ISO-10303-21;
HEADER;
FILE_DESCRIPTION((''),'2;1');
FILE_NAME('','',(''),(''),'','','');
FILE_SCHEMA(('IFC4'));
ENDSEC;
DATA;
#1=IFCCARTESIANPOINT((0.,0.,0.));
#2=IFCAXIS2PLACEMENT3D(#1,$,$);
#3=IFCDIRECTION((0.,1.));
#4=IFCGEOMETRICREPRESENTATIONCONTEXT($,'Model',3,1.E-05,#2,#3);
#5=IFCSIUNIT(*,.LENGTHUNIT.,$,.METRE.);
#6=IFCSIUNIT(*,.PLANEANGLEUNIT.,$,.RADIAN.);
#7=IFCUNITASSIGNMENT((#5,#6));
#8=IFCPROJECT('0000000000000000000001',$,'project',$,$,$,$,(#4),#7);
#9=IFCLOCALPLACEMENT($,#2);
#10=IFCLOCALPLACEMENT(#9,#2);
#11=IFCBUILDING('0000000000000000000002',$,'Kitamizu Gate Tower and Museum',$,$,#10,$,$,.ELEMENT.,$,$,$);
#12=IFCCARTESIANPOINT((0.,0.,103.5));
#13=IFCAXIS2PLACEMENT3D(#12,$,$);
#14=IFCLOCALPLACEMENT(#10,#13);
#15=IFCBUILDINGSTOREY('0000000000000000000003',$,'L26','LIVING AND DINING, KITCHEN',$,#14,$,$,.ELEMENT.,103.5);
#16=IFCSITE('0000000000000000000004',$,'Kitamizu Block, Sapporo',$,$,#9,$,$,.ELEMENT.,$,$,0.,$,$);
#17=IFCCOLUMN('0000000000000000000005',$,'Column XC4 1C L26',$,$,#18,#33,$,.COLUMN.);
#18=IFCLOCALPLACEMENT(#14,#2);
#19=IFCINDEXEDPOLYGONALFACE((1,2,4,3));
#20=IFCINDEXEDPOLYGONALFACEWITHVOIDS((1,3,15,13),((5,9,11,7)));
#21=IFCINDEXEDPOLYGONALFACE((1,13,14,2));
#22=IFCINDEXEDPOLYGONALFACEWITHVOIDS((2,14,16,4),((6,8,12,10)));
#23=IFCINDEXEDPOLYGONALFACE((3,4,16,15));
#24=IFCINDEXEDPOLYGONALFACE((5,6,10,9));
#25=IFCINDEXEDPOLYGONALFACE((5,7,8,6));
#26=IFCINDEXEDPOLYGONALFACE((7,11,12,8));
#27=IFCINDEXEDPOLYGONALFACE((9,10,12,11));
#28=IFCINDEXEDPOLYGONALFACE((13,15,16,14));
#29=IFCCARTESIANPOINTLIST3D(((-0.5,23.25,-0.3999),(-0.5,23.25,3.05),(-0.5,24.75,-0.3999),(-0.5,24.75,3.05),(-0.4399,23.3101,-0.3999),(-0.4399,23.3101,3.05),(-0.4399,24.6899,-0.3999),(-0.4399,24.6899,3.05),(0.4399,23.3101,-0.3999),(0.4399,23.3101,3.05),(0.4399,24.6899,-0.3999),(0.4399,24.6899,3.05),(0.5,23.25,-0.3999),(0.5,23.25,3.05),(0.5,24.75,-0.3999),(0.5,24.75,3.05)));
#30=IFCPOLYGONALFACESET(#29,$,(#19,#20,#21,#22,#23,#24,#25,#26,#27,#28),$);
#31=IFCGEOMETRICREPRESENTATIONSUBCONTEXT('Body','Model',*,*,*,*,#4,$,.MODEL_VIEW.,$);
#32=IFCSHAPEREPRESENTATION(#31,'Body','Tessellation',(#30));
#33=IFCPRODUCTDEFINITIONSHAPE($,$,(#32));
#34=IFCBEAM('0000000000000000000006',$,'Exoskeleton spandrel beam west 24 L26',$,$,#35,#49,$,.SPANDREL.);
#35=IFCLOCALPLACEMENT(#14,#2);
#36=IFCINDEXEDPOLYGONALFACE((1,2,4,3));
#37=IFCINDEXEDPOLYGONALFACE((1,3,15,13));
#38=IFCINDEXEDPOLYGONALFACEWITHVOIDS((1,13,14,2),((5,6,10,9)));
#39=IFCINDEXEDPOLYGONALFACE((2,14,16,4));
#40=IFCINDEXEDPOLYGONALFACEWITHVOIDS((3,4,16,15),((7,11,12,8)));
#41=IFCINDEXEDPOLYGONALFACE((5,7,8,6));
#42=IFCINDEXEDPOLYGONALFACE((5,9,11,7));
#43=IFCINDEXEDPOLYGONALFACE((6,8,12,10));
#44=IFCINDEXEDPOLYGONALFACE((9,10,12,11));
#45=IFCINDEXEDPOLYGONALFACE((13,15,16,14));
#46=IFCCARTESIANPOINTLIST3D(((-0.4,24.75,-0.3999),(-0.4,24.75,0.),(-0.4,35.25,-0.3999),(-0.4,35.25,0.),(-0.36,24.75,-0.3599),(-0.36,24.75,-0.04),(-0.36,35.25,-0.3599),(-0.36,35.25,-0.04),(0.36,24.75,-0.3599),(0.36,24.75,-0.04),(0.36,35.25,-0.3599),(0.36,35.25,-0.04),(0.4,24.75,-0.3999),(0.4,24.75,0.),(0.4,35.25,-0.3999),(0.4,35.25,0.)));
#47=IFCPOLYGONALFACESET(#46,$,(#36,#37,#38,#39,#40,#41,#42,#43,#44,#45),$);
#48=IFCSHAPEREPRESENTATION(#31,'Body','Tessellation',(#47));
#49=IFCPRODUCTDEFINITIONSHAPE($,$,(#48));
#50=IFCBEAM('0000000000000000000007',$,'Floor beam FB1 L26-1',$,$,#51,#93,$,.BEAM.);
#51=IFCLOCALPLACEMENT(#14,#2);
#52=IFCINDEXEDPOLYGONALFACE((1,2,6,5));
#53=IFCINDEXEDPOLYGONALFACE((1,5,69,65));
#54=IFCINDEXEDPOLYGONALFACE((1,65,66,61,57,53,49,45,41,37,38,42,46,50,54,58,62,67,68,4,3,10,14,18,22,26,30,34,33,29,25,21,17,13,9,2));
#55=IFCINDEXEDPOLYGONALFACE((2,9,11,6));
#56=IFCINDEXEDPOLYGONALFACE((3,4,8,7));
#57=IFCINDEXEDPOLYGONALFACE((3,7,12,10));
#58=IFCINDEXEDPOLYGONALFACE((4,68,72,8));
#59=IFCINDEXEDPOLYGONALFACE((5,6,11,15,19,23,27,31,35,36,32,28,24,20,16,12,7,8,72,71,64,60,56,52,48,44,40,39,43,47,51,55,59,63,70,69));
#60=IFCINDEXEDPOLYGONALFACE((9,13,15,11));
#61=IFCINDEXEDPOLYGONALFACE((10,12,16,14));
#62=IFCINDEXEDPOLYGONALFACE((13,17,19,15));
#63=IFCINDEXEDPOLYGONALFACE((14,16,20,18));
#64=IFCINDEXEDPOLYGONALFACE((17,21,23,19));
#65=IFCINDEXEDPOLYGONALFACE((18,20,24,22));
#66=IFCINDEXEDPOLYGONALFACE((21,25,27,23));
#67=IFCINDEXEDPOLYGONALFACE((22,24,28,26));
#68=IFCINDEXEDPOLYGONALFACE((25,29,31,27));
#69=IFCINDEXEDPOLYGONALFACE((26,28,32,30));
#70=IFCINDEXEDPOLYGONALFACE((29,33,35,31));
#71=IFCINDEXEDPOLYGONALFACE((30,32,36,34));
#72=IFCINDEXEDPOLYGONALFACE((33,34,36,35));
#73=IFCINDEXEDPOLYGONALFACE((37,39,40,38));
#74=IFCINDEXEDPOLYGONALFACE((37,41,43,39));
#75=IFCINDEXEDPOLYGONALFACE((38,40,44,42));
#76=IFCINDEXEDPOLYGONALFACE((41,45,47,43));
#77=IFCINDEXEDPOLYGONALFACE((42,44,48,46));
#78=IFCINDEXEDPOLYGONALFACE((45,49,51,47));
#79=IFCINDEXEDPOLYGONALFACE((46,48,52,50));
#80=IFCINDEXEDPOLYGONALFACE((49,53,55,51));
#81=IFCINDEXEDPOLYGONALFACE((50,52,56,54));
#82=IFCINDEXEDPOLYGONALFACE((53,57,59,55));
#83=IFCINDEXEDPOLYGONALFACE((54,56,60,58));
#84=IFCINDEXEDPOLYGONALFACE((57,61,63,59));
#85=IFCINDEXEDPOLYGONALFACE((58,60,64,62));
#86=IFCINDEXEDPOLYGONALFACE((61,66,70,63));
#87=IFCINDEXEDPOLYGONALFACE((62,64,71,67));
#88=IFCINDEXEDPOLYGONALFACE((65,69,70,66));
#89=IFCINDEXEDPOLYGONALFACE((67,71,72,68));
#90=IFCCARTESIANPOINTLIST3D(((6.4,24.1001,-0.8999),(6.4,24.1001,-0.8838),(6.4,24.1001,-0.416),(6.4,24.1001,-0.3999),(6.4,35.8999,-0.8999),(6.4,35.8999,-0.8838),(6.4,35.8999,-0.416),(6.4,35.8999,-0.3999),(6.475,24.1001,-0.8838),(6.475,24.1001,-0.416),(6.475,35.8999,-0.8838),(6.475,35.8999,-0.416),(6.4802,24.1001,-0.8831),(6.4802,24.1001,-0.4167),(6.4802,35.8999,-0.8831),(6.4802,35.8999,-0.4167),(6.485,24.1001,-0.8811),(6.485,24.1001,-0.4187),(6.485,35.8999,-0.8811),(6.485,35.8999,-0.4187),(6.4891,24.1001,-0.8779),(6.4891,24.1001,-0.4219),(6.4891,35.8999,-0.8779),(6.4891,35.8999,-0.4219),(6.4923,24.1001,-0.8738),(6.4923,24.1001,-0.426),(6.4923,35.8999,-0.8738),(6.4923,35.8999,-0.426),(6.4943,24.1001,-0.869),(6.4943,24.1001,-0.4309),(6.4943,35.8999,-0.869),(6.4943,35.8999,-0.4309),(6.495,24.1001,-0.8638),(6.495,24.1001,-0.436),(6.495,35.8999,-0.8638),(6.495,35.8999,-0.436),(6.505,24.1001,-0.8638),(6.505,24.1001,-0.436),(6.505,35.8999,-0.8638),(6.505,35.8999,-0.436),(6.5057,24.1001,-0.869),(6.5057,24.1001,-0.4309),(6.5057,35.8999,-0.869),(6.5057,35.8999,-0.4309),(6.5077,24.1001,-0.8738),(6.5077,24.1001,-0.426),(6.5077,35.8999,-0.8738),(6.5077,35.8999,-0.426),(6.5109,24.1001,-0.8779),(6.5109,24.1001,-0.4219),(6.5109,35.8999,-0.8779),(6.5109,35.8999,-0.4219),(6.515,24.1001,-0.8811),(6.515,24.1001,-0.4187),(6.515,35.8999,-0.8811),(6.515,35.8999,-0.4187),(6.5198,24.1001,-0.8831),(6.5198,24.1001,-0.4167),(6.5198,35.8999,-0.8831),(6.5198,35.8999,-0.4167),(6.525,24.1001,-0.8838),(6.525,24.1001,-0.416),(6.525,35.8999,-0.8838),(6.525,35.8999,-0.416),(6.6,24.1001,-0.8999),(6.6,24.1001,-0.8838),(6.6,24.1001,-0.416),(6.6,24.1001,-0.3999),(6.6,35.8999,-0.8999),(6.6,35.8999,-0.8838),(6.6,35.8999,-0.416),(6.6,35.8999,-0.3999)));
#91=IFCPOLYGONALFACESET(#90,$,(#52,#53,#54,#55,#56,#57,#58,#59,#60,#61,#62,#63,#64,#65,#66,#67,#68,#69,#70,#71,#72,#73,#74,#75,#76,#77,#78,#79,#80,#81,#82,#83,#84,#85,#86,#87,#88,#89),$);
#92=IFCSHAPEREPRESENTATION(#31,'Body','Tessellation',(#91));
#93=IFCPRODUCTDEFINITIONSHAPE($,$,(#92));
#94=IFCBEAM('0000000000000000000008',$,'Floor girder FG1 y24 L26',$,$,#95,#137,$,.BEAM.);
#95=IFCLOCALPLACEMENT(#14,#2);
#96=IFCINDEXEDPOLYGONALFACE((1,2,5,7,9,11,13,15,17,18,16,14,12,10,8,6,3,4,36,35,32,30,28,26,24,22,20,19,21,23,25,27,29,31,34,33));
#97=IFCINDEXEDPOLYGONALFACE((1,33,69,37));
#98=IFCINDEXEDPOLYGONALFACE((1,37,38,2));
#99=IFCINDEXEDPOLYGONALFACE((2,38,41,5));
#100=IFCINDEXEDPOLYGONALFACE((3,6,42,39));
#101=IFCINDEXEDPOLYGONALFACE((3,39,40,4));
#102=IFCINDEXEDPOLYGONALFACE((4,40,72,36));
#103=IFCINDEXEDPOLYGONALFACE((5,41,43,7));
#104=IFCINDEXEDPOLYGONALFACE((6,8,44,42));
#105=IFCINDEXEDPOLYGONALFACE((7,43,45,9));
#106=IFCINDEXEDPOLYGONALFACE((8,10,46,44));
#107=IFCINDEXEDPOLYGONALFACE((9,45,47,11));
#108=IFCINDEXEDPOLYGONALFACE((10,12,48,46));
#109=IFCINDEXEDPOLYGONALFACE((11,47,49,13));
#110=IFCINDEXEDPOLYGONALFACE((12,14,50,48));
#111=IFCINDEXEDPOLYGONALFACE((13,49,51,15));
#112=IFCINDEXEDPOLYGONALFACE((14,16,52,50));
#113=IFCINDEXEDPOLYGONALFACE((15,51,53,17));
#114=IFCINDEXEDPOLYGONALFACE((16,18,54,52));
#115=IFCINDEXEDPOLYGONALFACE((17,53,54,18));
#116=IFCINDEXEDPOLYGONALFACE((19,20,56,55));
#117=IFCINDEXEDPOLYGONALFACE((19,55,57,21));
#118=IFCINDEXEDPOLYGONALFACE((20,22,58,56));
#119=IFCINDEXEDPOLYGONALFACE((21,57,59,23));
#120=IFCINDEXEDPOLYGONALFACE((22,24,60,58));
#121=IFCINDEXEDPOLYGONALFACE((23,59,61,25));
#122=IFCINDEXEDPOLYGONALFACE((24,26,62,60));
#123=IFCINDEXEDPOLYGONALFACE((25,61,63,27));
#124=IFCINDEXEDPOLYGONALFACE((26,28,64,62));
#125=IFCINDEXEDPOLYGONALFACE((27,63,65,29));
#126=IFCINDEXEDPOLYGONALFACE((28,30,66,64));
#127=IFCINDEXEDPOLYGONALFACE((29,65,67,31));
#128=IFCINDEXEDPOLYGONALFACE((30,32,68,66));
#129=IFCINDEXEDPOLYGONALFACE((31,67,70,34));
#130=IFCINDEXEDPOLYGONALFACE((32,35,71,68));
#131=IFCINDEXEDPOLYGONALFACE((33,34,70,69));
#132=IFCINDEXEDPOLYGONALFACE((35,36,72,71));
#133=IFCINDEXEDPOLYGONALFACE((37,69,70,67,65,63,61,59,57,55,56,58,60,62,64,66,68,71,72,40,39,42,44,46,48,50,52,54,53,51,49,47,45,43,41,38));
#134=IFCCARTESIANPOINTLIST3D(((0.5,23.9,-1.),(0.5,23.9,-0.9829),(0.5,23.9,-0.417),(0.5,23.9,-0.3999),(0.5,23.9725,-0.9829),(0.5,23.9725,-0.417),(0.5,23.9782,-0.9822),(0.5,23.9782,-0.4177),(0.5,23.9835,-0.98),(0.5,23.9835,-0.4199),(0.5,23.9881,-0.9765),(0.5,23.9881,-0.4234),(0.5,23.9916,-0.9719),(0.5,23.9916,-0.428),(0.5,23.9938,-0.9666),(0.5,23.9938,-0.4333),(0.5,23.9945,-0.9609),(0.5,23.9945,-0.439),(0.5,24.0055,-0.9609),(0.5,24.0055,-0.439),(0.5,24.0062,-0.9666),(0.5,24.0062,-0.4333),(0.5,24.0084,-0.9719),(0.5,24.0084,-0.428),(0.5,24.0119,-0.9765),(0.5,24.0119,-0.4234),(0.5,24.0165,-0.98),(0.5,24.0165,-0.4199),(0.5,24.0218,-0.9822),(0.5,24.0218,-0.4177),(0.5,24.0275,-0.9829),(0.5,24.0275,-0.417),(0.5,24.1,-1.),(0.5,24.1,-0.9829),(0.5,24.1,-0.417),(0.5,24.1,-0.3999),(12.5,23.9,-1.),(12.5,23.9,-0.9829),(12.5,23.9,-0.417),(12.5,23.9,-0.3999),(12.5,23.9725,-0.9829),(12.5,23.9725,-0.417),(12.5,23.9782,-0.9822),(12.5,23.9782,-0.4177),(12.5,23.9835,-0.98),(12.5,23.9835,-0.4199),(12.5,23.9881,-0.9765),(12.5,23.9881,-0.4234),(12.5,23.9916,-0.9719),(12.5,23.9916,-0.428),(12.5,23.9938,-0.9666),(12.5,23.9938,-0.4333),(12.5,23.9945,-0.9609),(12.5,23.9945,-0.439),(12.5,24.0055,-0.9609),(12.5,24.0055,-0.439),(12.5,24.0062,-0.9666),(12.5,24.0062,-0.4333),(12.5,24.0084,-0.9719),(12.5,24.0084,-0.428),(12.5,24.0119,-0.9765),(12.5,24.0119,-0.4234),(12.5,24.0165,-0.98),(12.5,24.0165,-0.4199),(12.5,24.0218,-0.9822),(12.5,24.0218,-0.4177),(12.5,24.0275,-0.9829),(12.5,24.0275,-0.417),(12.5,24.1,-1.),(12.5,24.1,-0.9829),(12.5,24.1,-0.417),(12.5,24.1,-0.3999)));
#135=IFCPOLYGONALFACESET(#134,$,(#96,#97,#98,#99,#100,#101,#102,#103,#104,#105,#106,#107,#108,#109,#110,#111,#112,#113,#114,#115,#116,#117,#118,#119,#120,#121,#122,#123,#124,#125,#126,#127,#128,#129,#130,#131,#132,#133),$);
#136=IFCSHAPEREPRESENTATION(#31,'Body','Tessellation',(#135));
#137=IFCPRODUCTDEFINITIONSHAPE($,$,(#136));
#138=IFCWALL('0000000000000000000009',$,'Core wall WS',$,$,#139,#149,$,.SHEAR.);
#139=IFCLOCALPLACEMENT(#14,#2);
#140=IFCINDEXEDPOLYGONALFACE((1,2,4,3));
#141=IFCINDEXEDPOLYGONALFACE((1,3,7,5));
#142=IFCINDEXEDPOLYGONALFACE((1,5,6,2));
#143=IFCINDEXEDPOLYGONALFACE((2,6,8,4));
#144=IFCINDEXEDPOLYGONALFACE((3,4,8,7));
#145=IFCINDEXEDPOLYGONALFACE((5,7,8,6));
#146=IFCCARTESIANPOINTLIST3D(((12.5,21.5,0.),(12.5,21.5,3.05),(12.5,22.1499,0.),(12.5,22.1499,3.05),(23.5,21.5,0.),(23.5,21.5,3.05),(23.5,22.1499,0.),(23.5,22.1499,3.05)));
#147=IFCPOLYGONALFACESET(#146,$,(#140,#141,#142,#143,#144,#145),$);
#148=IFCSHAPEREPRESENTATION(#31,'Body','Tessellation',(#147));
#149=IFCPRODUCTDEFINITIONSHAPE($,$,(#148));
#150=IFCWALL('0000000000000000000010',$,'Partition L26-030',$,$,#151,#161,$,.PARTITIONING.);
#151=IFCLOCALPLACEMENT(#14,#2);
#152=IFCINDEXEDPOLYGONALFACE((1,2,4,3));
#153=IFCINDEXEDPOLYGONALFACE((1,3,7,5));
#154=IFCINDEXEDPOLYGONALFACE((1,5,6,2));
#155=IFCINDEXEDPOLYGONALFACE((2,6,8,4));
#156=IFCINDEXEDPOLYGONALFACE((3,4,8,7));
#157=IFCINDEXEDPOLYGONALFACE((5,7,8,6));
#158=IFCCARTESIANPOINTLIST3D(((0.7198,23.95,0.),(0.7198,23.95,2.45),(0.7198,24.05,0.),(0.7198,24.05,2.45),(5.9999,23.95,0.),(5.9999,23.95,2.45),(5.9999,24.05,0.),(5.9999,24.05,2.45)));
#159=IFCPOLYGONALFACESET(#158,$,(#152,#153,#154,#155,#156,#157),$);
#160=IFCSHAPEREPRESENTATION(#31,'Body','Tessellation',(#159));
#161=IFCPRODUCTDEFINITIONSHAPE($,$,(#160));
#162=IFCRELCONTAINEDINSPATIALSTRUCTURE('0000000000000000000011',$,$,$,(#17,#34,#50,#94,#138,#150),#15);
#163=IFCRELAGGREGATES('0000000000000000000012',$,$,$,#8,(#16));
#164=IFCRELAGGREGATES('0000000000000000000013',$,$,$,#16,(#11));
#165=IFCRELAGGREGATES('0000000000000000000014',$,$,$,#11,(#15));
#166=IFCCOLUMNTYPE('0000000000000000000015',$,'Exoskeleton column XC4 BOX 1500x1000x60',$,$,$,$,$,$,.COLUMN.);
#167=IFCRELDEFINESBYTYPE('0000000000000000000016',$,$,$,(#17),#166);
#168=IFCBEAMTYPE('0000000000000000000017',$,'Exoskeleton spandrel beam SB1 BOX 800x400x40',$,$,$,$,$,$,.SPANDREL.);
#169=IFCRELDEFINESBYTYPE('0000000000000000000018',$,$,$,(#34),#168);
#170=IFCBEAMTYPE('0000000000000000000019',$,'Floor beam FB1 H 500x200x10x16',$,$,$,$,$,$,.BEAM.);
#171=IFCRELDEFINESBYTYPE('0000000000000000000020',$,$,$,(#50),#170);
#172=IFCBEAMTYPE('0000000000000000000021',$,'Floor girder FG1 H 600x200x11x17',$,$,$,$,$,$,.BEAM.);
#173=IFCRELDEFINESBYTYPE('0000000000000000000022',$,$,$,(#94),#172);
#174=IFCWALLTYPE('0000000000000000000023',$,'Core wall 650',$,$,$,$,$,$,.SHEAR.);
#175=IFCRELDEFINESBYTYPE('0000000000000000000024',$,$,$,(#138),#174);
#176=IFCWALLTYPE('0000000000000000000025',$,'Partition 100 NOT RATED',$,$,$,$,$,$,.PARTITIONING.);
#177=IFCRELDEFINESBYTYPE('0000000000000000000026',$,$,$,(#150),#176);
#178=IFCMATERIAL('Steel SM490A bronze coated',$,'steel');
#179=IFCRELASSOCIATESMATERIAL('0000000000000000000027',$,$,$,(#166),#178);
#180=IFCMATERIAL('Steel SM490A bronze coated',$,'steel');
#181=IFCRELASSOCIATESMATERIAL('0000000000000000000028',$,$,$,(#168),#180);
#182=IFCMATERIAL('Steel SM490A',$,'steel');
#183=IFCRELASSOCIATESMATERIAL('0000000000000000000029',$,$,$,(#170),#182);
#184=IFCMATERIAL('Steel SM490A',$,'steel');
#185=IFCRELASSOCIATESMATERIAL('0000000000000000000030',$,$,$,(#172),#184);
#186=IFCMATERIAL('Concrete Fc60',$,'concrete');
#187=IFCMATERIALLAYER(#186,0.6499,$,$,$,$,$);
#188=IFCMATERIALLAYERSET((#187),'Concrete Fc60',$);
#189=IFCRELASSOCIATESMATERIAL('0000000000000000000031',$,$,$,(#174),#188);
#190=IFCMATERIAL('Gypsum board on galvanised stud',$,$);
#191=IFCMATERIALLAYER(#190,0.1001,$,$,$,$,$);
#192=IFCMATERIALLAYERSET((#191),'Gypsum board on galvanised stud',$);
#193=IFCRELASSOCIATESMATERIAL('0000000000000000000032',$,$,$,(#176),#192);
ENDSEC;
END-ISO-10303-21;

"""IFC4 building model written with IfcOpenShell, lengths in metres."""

from ifc_helpers import new_model, si_unit, direction, frame, frame_2d, origin, origin_2d, place, context, subcontext, project, spatial, rectangle, hollow_rectangle, i_section, extrude, material, layer, layer_set, material_profile, profile_set, type_object, element, save


model = new_model("IFC4")

# Units and contexts
model_context = context("Model", 3, precision=1e-05, world=origin(), true_north=direction((0.0, 1.0)))
body_context = subcontext(model_context, "Body", "Model", "MODEL_VIEW")
ifc_project = project(units=[si_unit("LENGTHUNIT", "METRE"), si_unit("PLANEANGLEUNIT", "RADIAN")], contexts=[model_context])

# Site, building, storey
site_placement = place(None, origin())
site = spatial("IfcSite", under=ifc_project, at=site_placement, Name="Kitamizu Block, Sapporo", CompositionType="ELEMENT", RefElevation=0.0)
building_placement = place(site_placement, origin())
building = spatial("IfcBuilding", under=site, at=building_placement, Name="Kitamizu Gate Tower and Museum", CompositionType="ELEMENT")
storey_placement = place(building_placement, frame((0.0, 0.0, 103.5)))
storey = spatial("IfcBuildingStorey", under=building, at=storey_placement, Name="L26", Description="LIVING AND DINING, KITCHEN", CompositionType="ELEMENT", Elevation=103.5)

# Column
ifc_material_1 = material(Name="Steel SM490A bronze coated", Category="steel")
ifc_material_profile_1 = material_profile(ifc_material_1, hollow_rectangle(XDim=1.5, YDim=1.0, WallThickness=0.0601, at=origin_2d()), Name="BOX 1500x1000x60")
ifc_profile_set_1 = profile_set([ifc_material_profile_1], Name="Steel SM490A bronze coated")
column_type = type_object("IfcColumnType", Name="Exoskeleton column XC4 BOX 1500x1000x60", PredefinedType="COLUMN", material=ifc_profile_set_1)
column_placement = place(storey_placement, frame((0.0, 24.0, -0.3999), z_axis=(0.0, 0.0, 1.0), x_axis=(0.0, 1.0, 0.0)))
element("IfcColumn", 1, at=column_placement, inside=storey, type_object=column_type, Name="Column XC4 1C L26", PredefinedType="COLUMN", context=body_context, shape_type="SweptSolid", body=[
    extrude(hollow_rectangle(XDim=1.5, YDim=1.0, WallThickness=0.0601, at=origin_2d()), origin(), (0.0, 0.0, 1.0), 3.45),
])

# Beams
ifc_material_2 = material(Name="Steel SM490A bronze coated", Category="steel")
ifc_material_profile_2 = material_profile(ifc_material_2, hollow_rectangle(XDim=0.8, YDim=0.3999, WallThickness=0.04, at=origin_2d()), Name="BOX 800x400x40")
ifc_profile_set_2 = profile_set([ifc_material_profile_2], Name="Steel SM490A bronze coated")
beam_type_1 = type_object("IfcBeamType", Name="Exoskeleton spandrel beam SB1 BOX 800x400x40", PredefinedType="SPANDREL", material=ifc_profile_set_2)
beam_1_placement = place(storey_placement, frame((0.0, 24.75, -0.2), z_axis=(0.0, 1.0, 0.0), x_axis=(-1.0, 0.0, 0.0)))
element("IfcBeam", 2, at=beam_1_placement, inside=storey, type_object=beam_type_1, Name="Exoskeleton spandrel beam west 24 L26", PredefinedType="SPANDREL", context=body_context, shape_type="SweptSolid", body=[
    extrude(hollow_rectangle(XDim=0.8, YDim=0.3999, WallThickness=0.04, at=origin_2d()), origin(), (0.0, 0.0, 1.0), 10.5),
])
ifc_material_3 = material(Name="Steel SM490A", Category="steel")
ifc_material_profile_3 = material_profile(ifc_material_3, i_section(OverallWidth=0.2, OverallDepth=0.5, WebThickness=0.01, FlangeThickness=0.0161, FilletRadius=0.02, at=origin_2d()), Name="H-500x200x10x16")
ifc_profile_set_3 = profile_set([ifc_material_profile_3], Name="Steel SM490A")
beam_type_2 = type_object("IfcBeamType", Name="Floor beam FB1 H 500x200x10x16", PredefinedType="BEAM", material=ifc_profile_set_3)
beam_2_placement = place(storey_placement, frame((6.5, 24.1001, -0.6499), z_axis=(0.0, 1.0, 0.0), x_axis=(-1.0, 0.0, 0.0)))
element("IfcBeam", 3, at=beam_2_placement, inside=storey, type_object=beam_type_2, Name="Floor beam FB1 L26-1", PredefinedType="BEAM", context=body_context, shape_type="SweptSolid", body=[
    extrude(i_section(OverallWidth=0.2, OverallDepth=0.5, WebThickness=0.01, FlangeThickness=0.0161, FilletRadius=0.02, at=origin_2d()), origin(), (0.0, 0.0, 1.0), 11.7998),
])
ifc_material_4 = material(Name="Steel SM490A", Category="steel")
ifc_material_profile_4 = material_profile(ifc_material_4, i_section(OverallWidth=0.2, OverallDepth=0.6001, WebThickness=0.011, FlangeThickness=0.0171, FilletRadius=0.022, at=origin_2d()), Name="H-600x200x11x17")
ifc_profile_set_4 = profile_set([ifc_material_profile_4], Name="Steel SM490A")
beam_type_3 = type_object("IfcBeamType", Name="Floor girder FG1 H 600x200x11x17", PredefinedType="BEAM", material=ifc_profile_set_4)
beam_3_placement = place(storey_placement, frame((0.5, 24.0, -0.7), z_axis=(1.0, 0.0, 0.0), x_axis=(0.0, 1.0, 0.0)))
element("IfcBeam", 4, at=beam_3_placement, inside=storey, type_object=beam_type_3, Name="Floor girder FG1 y24 L26", PredefinedType="BEAM", context=body_context, shape_type="SweptSolid", body=[
    extrude(i_section(OverallWidth=0.2, OverallDepth=0.6001, WebThickness=0.011, FlangeThickness=0.0171, FilletRadius=0.022, at=origin_2d()), origin(), (0.0, 0.0, 1.0), 12.0),
])

# Walls
ifc_material_5 = material(Name="Concrete Fc60", Category="concrete")
ifc_layer_1 = layer(ifc_material_5, 0.6499)
ifc_layer_set_1 = layer_set([ifc_layer_1], Name="Concrete Fc60")
wall_type_1 = type_object("IfcWallType", Name="Core wall 650", PredefinedType="SHEAR", material=ifc_layer_set_1)
wall_1_placement = place(storey_placement, frame((12.5, 21.825, 0.0), z_axis=(0.0, 0.0, 1.0), x_axis=(1.0, 0.0, 0.0)))
element("IfcWall", 5, at=wall_1_placement, inside=storey, type_object=wall_type_1, Name="Core wall WS", PredefinedType="SHEAR", context=body_context, shape_type="SweptSolid", body=[
    extrude(rectangle(XDim=11.0, YDim=0.6499, at=frame_2d((5.5, 0.0))), origin(), (0.0, 0.0, 1.0), 3.05),
])
ifc_material_6 = material(Name="Gypsum board on galvanised stud")
ifc_layer_2 = layer(ifc_material_6, 0.1001)
ifc_layer_set_2 = layer_set([ifc_layer_2], Name="Gypsum board on galvanised stud")
wall_type_2 = type_object("IfcWallType", Name="Partition 100 NOT RATED", PredefinedType="PARTITIONING", material=ifc_layer_set_2)
wall_2_placement = place(storey_placement, frame((6.0, 24.0, 0.0), z_axis=(0.0, 0.0, 1.0), x_axis=(-1.0, 0.0, 0.0)))
element("IfcWall", 6, at=wall_2_placement, inside=storey, type_object=wall_type_2, Name="Partition L26-030", PredefinedType="PARTITIONING", context=body_context, shape_type="SweptSolid", body=[
    extrude(rectangle(XDim=5.28, YDim=0.1001, at=frame_2d((2.6401, 0.0))), origin(), (0.0, 0.0, 1.0), 2.45),
])

save(model, "model.ifc")
